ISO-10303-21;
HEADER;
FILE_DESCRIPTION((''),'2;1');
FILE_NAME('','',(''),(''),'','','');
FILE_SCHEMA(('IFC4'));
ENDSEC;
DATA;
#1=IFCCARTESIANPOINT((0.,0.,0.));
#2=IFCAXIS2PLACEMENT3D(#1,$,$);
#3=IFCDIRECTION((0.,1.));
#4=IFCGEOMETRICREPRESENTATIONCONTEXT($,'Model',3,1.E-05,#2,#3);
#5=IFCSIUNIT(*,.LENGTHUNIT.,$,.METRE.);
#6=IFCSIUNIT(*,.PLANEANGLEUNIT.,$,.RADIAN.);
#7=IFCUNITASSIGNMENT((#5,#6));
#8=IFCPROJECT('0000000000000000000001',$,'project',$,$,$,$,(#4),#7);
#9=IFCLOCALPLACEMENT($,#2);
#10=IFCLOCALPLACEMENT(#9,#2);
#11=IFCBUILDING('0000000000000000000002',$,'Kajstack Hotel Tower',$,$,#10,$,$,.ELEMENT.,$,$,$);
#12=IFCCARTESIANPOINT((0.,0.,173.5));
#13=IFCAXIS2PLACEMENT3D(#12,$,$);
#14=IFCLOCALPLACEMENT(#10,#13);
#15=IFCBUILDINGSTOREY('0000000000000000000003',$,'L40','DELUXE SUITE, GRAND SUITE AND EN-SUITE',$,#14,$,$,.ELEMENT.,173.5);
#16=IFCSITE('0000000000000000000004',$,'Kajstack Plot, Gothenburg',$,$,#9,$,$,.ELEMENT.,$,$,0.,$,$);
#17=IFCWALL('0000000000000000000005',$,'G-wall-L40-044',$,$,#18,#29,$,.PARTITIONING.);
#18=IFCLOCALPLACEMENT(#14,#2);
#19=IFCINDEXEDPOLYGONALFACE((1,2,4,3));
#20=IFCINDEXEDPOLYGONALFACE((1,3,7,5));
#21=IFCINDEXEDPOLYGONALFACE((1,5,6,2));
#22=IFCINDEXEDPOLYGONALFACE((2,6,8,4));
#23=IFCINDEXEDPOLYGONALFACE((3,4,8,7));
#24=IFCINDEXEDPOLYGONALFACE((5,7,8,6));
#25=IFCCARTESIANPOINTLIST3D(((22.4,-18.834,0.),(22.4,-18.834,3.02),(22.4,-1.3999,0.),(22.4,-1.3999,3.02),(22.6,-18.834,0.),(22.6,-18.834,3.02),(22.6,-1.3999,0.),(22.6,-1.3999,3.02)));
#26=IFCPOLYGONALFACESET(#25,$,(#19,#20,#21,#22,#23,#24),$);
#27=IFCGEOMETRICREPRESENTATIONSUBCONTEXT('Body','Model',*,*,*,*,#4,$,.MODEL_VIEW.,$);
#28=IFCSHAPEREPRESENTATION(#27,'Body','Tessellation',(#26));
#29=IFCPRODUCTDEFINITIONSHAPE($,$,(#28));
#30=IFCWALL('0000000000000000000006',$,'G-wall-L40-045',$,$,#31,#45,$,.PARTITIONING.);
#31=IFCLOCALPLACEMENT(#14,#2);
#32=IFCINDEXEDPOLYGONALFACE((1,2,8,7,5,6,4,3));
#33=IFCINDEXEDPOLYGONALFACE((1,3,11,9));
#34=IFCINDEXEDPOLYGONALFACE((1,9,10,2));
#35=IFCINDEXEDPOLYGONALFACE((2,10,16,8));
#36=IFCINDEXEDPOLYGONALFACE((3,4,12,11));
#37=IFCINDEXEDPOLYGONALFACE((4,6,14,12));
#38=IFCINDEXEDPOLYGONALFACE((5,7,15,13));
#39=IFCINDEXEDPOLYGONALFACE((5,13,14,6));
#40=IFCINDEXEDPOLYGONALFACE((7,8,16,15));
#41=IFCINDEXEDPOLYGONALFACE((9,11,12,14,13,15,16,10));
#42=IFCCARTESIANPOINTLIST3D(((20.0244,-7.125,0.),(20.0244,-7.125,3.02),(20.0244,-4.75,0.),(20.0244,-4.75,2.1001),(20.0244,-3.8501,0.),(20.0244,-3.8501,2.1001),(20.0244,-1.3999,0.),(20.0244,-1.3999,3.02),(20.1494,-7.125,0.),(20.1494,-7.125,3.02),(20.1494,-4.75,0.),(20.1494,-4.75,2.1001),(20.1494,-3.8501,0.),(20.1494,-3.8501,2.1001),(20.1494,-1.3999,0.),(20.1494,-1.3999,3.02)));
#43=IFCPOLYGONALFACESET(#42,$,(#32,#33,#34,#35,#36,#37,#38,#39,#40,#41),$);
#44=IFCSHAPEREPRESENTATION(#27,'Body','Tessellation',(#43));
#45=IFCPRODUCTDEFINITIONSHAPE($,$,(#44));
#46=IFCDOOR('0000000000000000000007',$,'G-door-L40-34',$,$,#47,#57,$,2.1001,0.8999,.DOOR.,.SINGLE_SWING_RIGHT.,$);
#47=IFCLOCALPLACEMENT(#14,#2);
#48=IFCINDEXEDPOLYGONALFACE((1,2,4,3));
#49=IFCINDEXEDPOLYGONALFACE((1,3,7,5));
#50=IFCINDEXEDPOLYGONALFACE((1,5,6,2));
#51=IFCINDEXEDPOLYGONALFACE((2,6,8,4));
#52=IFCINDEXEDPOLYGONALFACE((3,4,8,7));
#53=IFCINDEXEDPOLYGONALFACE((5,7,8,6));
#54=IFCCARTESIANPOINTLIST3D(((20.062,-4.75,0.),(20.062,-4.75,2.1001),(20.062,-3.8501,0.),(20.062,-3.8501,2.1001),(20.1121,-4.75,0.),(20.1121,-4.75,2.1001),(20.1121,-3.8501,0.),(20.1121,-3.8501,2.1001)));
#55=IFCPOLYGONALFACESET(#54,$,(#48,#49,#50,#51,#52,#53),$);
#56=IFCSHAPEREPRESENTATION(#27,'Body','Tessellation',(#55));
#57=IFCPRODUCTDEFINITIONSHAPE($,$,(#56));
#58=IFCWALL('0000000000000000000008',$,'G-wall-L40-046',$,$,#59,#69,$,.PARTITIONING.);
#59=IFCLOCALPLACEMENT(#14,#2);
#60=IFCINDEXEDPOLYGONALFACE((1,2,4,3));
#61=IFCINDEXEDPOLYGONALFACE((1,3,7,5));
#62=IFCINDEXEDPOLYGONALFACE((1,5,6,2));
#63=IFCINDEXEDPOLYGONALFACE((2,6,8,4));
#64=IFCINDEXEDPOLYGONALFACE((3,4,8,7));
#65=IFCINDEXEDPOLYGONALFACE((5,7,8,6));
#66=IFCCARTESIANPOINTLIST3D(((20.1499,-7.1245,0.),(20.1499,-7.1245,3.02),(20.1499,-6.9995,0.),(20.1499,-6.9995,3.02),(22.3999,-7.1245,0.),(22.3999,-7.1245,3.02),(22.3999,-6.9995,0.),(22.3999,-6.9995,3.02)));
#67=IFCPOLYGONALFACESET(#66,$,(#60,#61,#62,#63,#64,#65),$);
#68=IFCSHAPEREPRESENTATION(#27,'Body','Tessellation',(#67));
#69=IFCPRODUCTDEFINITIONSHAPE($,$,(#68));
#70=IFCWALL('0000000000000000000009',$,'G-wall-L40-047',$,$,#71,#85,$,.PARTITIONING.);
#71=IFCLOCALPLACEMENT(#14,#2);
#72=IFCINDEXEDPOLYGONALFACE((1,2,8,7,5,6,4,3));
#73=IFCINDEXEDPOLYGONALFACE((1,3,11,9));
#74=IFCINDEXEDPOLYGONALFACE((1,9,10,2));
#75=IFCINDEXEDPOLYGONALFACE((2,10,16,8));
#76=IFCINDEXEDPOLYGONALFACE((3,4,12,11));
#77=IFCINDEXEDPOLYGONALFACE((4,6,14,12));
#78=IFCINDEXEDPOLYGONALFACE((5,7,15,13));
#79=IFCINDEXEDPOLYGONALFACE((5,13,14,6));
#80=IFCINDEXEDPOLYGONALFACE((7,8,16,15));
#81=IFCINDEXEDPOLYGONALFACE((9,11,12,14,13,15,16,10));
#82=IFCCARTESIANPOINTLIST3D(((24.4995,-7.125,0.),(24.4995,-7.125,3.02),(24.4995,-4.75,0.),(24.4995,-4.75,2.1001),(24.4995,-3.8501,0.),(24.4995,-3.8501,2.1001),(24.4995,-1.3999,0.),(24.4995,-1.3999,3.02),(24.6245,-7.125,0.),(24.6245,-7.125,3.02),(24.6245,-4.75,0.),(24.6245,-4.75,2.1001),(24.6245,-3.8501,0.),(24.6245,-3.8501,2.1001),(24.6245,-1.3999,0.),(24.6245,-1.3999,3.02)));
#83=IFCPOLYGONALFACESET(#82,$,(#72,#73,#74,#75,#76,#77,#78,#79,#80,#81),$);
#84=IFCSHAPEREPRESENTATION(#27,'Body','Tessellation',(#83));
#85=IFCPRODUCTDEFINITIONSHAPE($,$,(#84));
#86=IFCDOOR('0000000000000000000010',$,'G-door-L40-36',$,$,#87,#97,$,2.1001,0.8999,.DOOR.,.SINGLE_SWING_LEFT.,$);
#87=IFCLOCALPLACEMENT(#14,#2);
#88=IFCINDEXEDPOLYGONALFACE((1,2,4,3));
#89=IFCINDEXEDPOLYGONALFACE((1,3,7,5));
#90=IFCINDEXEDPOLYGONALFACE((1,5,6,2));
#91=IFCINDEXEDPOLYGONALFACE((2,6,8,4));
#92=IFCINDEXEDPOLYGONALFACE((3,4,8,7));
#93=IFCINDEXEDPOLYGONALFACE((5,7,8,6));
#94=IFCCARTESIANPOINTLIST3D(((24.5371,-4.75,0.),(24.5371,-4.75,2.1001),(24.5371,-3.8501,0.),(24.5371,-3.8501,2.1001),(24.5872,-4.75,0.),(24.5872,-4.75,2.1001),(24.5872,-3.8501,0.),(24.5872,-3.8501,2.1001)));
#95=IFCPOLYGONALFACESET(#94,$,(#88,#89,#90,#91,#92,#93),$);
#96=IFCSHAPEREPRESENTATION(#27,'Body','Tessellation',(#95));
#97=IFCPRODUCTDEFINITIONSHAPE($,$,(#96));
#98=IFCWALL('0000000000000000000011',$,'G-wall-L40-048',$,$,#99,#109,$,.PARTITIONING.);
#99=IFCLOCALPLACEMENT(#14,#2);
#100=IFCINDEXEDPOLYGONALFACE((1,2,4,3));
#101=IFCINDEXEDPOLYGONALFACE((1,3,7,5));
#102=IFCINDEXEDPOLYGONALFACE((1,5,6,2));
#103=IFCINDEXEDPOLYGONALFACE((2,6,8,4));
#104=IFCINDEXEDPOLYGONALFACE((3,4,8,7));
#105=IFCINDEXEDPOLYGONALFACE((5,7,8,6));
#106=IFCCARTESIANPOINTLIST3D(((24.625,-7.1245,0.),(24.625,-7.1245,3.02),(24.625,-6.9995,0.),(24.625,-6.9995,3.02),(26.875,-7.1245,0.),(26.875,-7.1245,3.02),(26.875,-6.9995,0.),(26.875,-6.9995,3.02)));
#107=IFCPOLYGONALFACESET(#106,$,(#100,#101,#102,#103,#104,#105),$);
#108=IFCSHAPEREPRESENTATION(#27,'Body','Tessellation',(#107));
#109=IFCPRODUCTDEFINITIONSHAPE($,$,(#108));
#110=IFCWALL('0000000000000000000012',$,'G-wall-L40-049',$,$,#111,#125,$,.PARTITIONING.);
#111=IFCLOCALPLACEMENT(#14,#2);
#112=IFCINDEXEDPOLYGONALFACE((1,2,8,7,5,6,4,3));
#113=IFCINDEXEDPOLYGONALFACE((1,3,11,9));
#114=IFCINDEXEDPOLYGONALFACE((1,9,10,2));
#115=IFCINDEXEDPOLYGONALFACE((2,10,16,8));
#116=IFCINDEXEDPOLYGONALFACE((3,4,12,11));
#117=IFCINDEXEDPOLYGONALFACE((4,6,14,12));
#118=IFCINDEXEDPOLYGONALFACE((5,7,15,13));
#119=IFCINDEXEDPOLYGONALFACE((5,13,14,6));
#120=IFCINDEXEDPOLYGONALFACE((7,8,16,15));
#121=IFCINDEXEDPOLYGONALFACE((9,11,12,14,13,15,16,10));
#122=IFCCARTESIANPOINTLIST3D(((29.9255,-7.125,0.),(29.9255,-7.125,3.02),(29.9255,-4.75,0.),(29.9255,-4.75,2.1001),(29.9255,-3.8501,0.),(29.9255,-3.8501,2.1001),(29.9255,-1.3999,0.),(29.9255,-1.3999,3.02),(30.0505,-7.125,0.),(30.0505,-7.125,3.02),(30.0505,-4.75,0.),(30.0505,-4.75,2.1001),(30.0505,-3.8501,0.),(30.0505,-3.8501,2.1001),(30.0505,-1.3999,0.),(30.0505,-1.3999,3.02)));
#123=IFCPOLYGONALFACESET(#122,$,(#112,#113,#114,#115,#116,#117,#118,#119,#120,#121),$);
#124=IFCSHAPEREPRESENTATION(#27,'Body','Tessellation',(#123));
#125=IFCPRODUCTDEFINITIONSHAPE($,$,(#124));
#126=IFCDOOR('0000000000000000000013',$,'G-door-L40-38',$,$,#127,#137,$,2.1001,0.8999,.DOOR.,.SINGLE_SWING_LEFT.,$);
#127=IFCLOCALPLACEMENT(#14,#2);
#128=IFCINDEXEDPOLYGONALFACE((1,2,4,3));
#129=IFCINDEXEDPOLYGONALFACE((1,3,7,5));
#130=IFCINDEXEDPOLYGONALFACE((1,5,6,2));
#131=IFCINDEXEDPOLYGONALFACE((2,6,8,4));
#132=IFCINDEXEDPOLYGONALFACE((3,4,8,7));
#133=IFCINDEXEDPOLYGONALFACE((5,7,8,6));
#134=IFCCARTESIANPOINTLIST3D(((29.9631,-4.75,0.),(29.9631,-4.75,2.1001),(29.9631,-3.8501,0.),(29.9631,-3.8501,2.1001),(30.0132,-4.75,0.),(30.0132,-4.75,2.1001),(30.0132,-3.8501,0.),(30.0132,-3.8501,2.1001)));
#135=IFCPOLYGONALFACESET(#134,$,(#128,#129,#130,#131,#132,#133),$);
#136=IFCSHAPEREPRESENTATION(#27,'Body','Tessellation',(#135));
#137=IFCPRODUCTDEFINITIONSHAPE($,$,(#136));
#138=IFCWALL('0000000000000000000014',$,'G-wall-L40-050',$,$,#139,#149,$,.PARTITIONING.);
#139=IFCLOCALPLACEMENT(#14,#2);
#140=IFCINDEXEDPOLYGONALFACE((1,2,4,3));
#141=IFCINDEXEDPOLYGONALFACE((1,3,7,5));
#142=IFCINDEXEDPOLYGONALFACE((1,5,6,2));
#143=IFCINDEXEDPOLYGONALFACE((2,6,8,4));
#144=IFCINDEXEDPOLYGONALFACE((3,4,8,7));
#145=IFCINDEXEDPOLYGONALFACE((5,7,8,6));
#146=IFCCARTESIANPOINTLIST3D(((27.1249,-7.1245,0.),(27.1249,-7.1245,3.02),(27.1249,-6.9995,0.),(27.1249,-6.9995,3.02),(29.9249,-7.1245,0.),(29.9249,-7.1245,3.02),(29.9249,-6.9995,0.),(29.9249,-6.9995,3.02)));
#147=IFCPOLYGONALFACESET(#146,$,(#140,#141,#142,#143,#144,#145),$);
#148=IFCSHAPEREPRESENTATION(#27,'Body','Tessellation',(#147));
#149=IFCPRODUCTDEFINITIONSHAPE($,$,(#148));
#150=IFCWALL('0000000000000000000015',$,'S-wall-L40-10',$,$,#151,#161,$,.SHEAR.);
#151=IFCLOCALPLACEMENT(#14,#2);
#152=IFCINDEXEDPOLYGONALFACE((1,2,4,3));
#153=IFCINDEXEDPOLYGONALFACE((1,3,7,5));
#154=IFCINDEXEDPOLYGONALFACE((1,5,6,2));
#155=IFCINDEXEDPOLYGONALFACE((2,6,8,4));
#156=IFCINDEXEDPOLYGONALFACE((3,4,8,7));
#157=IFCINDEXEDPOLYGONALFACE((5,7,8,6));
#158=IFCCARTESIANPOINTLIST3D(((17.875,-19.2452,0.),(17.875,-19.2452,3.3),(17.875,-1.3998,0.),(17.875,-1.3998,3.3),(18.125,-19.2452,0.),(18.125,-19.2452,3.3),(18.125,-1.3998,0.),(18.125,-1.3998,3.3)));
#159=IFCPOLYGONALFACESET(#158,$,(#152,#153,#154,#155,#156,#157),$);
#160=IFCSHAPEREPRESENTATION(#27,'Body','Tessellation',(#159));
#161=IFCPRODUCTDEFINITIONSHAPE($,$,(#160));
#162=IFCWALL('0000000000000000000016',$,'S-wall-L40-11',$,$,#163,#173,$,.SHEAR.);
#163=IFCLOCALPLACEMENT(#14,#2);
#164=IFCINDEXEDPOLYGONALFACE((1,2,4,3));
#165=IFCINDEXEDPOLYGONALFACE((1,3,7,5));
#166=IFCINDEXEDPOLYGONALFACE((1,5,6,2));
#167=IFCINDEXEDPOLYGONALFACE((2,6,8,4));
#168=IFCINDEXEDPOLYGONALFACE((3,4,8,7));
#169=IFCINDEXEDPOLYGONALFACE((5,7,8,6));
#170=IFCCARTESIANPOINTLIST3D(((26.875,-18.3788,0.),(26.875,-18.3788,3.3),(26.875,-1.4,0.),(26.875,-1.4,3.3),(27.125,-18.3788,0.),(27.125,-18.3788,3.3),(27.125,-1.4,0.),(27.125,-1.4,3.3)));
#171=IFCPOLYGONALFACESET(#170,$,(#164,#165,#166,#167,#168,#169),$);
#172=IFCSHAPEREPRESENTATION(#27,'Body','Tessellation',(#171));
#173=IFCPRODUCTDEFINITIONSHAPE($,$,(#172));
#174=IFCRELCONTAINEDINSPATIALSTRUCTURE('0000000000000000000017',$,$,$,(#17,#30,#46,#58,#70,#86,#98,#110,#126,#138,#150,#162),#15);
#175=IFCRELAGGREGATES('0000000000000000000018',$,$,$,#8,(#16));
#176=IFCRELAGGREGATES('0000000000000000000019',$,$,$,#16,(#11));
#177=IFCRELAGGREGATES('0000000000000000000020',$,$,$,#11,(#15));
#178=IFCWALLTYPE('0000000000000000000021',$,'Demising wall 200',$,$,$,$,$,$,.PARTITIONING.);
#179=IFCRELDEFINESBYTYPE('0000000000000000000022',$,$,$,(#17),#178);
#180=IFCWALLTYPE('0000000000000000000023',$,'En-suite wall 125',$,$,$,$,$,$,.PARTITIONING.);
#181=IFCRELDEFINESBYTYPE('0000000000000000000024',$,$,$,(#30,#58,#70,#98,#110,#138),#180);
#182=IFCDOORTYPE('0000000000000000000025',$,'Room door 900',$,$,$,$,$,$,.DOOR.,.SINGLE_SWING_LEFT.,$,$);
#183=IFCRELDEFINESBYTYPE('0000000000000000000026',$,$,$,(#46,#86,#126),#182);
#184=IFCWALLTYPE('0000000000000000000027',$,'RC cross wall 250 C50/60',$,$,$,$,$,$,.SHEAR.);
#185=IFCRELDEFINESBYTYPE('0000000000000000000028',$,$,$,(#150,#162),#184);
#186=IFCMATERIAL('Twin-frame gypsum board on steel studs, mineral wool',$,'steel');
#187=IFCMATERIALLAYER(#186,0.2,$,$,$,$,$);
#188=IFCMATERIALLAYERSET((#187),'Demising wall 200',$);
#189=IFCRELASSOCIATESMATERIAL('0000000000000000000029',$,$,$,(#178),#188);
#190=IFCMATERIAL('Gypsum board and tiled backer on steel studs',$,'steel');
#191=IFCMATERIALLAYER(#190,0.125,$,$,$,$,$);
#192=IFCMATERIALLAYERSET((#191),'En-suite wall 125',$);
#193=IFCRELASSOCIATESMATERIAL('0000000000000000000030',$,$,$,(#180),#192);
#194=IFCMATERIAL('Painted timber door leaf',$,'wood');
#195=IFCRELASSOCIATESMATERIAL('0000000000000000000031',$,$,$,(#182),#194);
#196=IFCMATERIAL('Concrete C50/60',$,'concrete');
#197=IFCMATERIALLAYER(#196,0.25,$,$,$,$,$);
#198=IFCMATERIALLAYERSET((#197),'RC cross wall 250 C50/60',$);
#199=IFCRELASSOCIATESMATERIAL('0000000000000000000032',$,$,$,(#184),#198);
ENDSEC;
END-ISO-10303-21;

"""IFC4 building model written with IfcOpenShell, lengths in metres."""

from ifc_helpers import new_model, si_unit, direction, frame, frame_2d, origin, place, context, subcontext, project, spatial, rectangle, extrude, material, layer, layer_set, type_object, element, fill, save


model = new_model("IFC4")

# Units and contexts
model_context = context("Model", 3, precision=1e-05, world=origin(), true_north=direction((0.0, 1.0)))
body_context = subcontext(model_context, "Body", "Model", "MODEL_VIEW")
ifc_project = project(units=[si_unit("LENGTHUNIT", "METRE"), si_unit("PLANEANGLEUNIT", "RADIAN")], contexts=[model_context])

# Site, building, storey
site_placement = place(None, origin())
site = spatial("IfcSite", under=ifc_project, at=site_placement, Name="Kajstack Plot, Gothenburg", CompositionType="ELEMENT", RefElevation=0.0)
building_placement = place(site_placement, origin())
building = spatial("IfcBuilding", under=site, at=building_placement, Name="Kajstack Hotel Tower", CompositionType="ELEMENT")
storey_placement = place(building_placement, frame((0.0, 0.0, 173.5)))
storey = spatial("IfcBuildingStorey", under=building, at=storey_placement, Name="L40", Description="DELUXE SUITE, GRAND SUITE AND EN-SUITE", CompositionType="ELEMENT", Elevation=173.5)

# Wall
ifc_material_1 = material(Name="Twin-frame gypsum board on steel studs, mineral wool", Category="steel")
ifc_layer_1 = layer(ifc_material_1, 0.2)
ifc_layer_set_1 = layer_set([ifc_layer_1], Name="Demising wall 200")
wall_type_1 = type_object("IfcWallType", Name="Demising wall 200", PredefinedType="PARTITIONING", material=ifc_layer_set_1)
wall_1_placement = place(storey_placement, frame((22.5, -18.834, 0.0), z_axis=(0.0, 0.0, 1.0), x_axis=(0.0, 1.0, 0.0)))
element("IfcWall", 1, at=wall_1_placement, inside=storey, type_object=wall_type_1, Name="G-wall-L40-044", PredefinedType="PARTITIONING", context=body_context, shape_type="SweptSolid", body=[
    extrude(rectangle(XDim=17.4341, YDim=0.2, at=frame_2d((8.717, 0.0))), origin(), (0.0, 0.0, 1.0), 3.02),
])

# Wall, opening, door
ifc_material_2 = material(Name="Gypsum board and tiled backer on steel studs", Category="steel")
ifc_layer_2 = layer(ifc_material_2, 0.125)
ifc_layer_set_2 = layer_set([ifc_layer_2], Name="En-suite wall 125")
wall_type_2 = type_object("IfcWallType", Name="En-suite wall 125", PredefinedType="PARTITIONING", material=ifc_layer_set_2)
wall_2_placement = place(storey_placement, frame((20.0869, -7.125, 0.0), z_axis=(0.0, 0.0, 1.0), x_axis=(0.0, 1.0, 0.0)))
wall_2 = element("IfcWall", 2, at=wall_2_placement, inside=storey, type_object=wall_type_2, Name="G-wall-L40-045", PredefinedType="PARTITIONING", context=body_context, shape_type="SweptSolid", body=[
    extrude(rectangle(XDim=5.7251, YDim=0.125, at=frame_2d((2.8625, 0.0))), origin(), (0.0, 0.0, 1.0), 3.02),
])
opening_1_placement = place(wall_2_placement, frame((2.375, 0.0, 0.0)))
opening_1 = element("IfcOpeningElement", 3, at=opening_1_placement, cuts=wall_2, PredefinedType="OPENING", context=body_context, shape_type="SweptSolid", body=[
    extrude(rectangle(XDim=0.8999, YDim=2.1001, at=frame_2d((0.45, 1.05))), frame((0.0, 0.0725, 0.0), z_axis=(0.0, -1.0, 0.0), x_axis=(1.0, 0.0, 0.0)), (0.0, 0.0, 1.0), 0.145),
])
ifc_material_3 = material(Name="Painted timber door leaf", Category="wood")
door_type = type_object("IfcDoorType", Name="Room door 900", OperationType="SINGLE_SWING_LEFT", PredefinedType="DOOR", material=ifc_material_3)
door_1_placement = place(opening_1_placement, origin())
door_1 = element("IfcDoor", 4, at=door_1_placement, inside=storey, type_object=door_type, Name="G-door-L40-34", OperationType="SINGLE_SWING_RIGHT", OverallHeight=2.1001, OverallWidth=0.8999, PredefinedType="DOOR", context=body_context, shape_type="SweptSolid", body=[
    extrude(rectangle(XDim=0.8999, YDim=2.1001, at=frame_2d((0.45, 1.05))), frame((0.0, 0.0249, 0.0), z_axis=(0.0, -1.0, 0.0), x_axis=(1.0, 0.0, 0.0)), (0.0, 0.0, 1.0), 0.05),
])
fill(opening_1, door_1)

# Wall
wall_3_placement = place(storey_placement, frame((20.1499, -7.062, 0.0), z_axis=(0.0, 0.0, 1.0), x_axis=(1.0, 0.0, 0.0)))
element("IfcWall", 5, at=wall_3_placement, inside=storey, type_object=wall_type_2, Name="G-wall-L40-046", PredefinedType="PARTITIONING", context=body_context, shape_type="SweptSolid", body=[
    extrude(rectangle(XDim=2.25, YDim=0.125, at=frame_2d((1.125, 0.0))), origin(), (0.0, 0.0, 1.0), 3.02),
])

# Wall, opening, door
wall_4_placement = place(storey_placement, frame((24.562, -7.125, 0.0), z_axis=(0.0, 0.0, 1.0), x_axis=(0.0, 1.0, 0.0)))
wall_4 = element("IfcWall", 6, at=wall_4_placement, inside=storey, type_object=wall_type_2, Name="G-wall-L40-047", PredefinedType="PARTITIONING", context=body_context, shape_type="SweptSolid", body=[
    extrude(rectangle(XDim=5.7251, YDim=0.125, at=frame_2d((2.8625, 0.0))), origin(), (0.0, 0.0, 1.0), 3.02),
])
opening_2_placement = place(wall_4_placement, frame((2.375, 0.0, 0.0)))
opening_2 = element("IfcOpeningElement", 7, at=opening_2_placement, cuts=wall_4, PredefinedType="OPENING", context=body_context, shape_type="SweptSolid", body=[
    extrude(rectangle(XDim=0.8999, YDim=2.1001, at=frame_2d((0.45, 1.05))), frame((0.0, 0.0725, 0.0), z_axis=(0.0, -1.0, 0.0), x_axis=(1.0, 0.0, 0.0)), (0.0, 0.0, 1.0), 0.145),
])
door_2_placement = place(opening_2_placement, origin())
door_2 = element("IfcDoor", 8, at=door_2_placement, inside=storey, type_object=door_type, Name="G-door-L40-36", OperationType="SINGLE_SWING_LEFT", OverallHeight=2.1001, OverallWidth=0.8999, PredefinedType="DOOR", context=body_context, shape_type="SweptSolid", body=[
    extrude(rectangle(XDim=0.8999, YDim=2.1001, at=frame_2d((0.45, 1.05))), frame((0.0, 0.0249, 0.0), z_axis=(0.0, -1.0, 0.0), x_axis=(1.0, 0.0, 0.0)), (0.0, 0.0, 1.0), 0.05),
])
fill(opening_2, door_2)

# Wall
wall_5_placement = place(storey_placement, frame((24.625, -7.062, 0.0), z_axis=(0.0, 0.0, 1.0), x_axis=(1.0, 0.0, 0.0)))
element("IfcWall", 9, at=wall_5_placement, inside=storey, type_object=wall_type_2, Name="G-wall-L40-048", PredefinedType="PARTITIONING", context=body_context, shape_type="SweptSolid", body=[
    extrude(rectangle(XDim=2.25, YDim=0.125, at=frame_2d((1.125, 0.0))), origin(), (0.0, 0.0, 1.0), 3.02),
])

# Wall, opening, door
wall_6_placement = place(storey_placement, frame((29.988, -7.125, 0.0), z_axis=(0.0, 0.0, 1.0), x_axis=(0.0, 1.0, 0.0)))
wall_6 = element("IfcWall", 10, at=wall_6_placement, inside=storey, type_object=wall_type_2, Name="G-wall-L40-049", PredefinedType="PARTITIONING", context=body_context, shape_type="SweptSolid", body=[
    extrude(rectangle(XDim=5.7251, YDim=0.125, at=frame_2d((2.8625, 0.0))), origin(), (0.0, 0.0, 1.0), 3.02),
])
opening_3_placement = place(wall_6_placement, frame((2.375, 0.0, 0.0)))
opening_3 = element("IfcOpeningElement", 11, at=opening_3_placement, cuts=wall_6, PredefinedType="OPENING", context=body_context, shape_type="SweptSolid", body=[
    extrude(rectangle(XDim=0.8999, YDim=2.1001, at=frame_2d((0.45, 1.05))), frame((0.0, 0.0725, 0.0), z_axis=(0.0, -1.0, 0.0), x_axis=(1.0, 0.0, 0.0)), (0.0, 0.0, 1.0), 0.145),
])
door_3_placement = place(opening_3_placement, origin())
door_3 = element("IfcDoor", 12, at=door_3_placement, inside=storey, type_object=door_type, Name="G-door-L40-38", OperationType="SINGLE_SWING_LEFT", OverallHeight=2.1001, OverallWidth=0.8999, PredefinedType="DOOR", context=body_context, shape_type="SweptSolid", body=[
    extrude(rectangle(XDim=0.8999, YDim=2.1001, at=frame_2d((0.45, 1.05))), frame((0.0, 0.0249, 0.0), z_axis=(0.0, -1.0, 0.0), x_axis=(1.0, 0.0, 0.0)), (0.0, 0.0, 1.0), 0.05),
])
fill(opening_3, door_3)

# Walls
wall_7_placement = place(storey_placement, frame((27.125, -7.062, 0.0), z_axis=(0.0, 0.0, 1.0), x_axis=(1.0, 0.0, 0.0)))
element("IfcWall", 13, at=wall_7_placement, inside=storey, type_object=wall_type_2, Name="G-wall-L40-050", PredefinedType="PARTITIONING", context=body_context, shape_type="SweptSolid", body=[
    extrude(rectangle(XDim=2.8, YDim=0.125, at=frame_2d((1.3999, 0.0))), origin(), (0.0, 0.0, 1.0), 3.02),
])
ifc_material_4 = material(Name="Concrete C50/60", Category="concrete")
ifc_layer_3 = layer(ifc_material_4, 0.25)
ifc_layer_set_3 = layer_set([ifc_layer_3], Name="RC cross wall 250 C50/60")
wall_type_3 = type_object("IfcWallType", Name="RC cross wall 250 C50/60", PredefinedType="SHEAR", material=ifc_layer_set_3)
wall_8_placement = place(storey_placement, frame((18.0, -19.2454, 0.0), z_axis=(0.0, 0.0, 1.0), x_axis=(0.0, 1.0, 0.0)))
element("IfcWall", 14, at=wall_8_placement, inside=storey, type_object=wall_type_3, Name="S-wall-L40-10", PredefinedType="SHEAR", context=body_context, shape_type="SweptSolid", body=[
    extrude(rectangle(XDim=17.8455, YDim=0.25, at=frame_2d((8.9229, 0.0))), origin(), (0.0, 0.0, 1.0), 3.3),
])
wall_9_placement = place(storey_placement, frame((27.0, -18.3787, 0.0), z_axis=(0.0, 0.0, 1.0), x_axis=(0.0, 1.0, 0.0)))
element("IfcWall", 15, at=wall_9_placement, inside=storey, type_object=wall_type_3, Name="S-wall-L40-11", PredefinedType="SHEAR", context=body_context, shape_type="SweptSolid", body=[
    extrude(rectangle(XDim=16.9788, YDim=0.25, at=frame_2d((8.4893, 0.0))), origin(), (0.0, 0.0, 1.0), 3.3),
])

save(model, "model.ifc")
